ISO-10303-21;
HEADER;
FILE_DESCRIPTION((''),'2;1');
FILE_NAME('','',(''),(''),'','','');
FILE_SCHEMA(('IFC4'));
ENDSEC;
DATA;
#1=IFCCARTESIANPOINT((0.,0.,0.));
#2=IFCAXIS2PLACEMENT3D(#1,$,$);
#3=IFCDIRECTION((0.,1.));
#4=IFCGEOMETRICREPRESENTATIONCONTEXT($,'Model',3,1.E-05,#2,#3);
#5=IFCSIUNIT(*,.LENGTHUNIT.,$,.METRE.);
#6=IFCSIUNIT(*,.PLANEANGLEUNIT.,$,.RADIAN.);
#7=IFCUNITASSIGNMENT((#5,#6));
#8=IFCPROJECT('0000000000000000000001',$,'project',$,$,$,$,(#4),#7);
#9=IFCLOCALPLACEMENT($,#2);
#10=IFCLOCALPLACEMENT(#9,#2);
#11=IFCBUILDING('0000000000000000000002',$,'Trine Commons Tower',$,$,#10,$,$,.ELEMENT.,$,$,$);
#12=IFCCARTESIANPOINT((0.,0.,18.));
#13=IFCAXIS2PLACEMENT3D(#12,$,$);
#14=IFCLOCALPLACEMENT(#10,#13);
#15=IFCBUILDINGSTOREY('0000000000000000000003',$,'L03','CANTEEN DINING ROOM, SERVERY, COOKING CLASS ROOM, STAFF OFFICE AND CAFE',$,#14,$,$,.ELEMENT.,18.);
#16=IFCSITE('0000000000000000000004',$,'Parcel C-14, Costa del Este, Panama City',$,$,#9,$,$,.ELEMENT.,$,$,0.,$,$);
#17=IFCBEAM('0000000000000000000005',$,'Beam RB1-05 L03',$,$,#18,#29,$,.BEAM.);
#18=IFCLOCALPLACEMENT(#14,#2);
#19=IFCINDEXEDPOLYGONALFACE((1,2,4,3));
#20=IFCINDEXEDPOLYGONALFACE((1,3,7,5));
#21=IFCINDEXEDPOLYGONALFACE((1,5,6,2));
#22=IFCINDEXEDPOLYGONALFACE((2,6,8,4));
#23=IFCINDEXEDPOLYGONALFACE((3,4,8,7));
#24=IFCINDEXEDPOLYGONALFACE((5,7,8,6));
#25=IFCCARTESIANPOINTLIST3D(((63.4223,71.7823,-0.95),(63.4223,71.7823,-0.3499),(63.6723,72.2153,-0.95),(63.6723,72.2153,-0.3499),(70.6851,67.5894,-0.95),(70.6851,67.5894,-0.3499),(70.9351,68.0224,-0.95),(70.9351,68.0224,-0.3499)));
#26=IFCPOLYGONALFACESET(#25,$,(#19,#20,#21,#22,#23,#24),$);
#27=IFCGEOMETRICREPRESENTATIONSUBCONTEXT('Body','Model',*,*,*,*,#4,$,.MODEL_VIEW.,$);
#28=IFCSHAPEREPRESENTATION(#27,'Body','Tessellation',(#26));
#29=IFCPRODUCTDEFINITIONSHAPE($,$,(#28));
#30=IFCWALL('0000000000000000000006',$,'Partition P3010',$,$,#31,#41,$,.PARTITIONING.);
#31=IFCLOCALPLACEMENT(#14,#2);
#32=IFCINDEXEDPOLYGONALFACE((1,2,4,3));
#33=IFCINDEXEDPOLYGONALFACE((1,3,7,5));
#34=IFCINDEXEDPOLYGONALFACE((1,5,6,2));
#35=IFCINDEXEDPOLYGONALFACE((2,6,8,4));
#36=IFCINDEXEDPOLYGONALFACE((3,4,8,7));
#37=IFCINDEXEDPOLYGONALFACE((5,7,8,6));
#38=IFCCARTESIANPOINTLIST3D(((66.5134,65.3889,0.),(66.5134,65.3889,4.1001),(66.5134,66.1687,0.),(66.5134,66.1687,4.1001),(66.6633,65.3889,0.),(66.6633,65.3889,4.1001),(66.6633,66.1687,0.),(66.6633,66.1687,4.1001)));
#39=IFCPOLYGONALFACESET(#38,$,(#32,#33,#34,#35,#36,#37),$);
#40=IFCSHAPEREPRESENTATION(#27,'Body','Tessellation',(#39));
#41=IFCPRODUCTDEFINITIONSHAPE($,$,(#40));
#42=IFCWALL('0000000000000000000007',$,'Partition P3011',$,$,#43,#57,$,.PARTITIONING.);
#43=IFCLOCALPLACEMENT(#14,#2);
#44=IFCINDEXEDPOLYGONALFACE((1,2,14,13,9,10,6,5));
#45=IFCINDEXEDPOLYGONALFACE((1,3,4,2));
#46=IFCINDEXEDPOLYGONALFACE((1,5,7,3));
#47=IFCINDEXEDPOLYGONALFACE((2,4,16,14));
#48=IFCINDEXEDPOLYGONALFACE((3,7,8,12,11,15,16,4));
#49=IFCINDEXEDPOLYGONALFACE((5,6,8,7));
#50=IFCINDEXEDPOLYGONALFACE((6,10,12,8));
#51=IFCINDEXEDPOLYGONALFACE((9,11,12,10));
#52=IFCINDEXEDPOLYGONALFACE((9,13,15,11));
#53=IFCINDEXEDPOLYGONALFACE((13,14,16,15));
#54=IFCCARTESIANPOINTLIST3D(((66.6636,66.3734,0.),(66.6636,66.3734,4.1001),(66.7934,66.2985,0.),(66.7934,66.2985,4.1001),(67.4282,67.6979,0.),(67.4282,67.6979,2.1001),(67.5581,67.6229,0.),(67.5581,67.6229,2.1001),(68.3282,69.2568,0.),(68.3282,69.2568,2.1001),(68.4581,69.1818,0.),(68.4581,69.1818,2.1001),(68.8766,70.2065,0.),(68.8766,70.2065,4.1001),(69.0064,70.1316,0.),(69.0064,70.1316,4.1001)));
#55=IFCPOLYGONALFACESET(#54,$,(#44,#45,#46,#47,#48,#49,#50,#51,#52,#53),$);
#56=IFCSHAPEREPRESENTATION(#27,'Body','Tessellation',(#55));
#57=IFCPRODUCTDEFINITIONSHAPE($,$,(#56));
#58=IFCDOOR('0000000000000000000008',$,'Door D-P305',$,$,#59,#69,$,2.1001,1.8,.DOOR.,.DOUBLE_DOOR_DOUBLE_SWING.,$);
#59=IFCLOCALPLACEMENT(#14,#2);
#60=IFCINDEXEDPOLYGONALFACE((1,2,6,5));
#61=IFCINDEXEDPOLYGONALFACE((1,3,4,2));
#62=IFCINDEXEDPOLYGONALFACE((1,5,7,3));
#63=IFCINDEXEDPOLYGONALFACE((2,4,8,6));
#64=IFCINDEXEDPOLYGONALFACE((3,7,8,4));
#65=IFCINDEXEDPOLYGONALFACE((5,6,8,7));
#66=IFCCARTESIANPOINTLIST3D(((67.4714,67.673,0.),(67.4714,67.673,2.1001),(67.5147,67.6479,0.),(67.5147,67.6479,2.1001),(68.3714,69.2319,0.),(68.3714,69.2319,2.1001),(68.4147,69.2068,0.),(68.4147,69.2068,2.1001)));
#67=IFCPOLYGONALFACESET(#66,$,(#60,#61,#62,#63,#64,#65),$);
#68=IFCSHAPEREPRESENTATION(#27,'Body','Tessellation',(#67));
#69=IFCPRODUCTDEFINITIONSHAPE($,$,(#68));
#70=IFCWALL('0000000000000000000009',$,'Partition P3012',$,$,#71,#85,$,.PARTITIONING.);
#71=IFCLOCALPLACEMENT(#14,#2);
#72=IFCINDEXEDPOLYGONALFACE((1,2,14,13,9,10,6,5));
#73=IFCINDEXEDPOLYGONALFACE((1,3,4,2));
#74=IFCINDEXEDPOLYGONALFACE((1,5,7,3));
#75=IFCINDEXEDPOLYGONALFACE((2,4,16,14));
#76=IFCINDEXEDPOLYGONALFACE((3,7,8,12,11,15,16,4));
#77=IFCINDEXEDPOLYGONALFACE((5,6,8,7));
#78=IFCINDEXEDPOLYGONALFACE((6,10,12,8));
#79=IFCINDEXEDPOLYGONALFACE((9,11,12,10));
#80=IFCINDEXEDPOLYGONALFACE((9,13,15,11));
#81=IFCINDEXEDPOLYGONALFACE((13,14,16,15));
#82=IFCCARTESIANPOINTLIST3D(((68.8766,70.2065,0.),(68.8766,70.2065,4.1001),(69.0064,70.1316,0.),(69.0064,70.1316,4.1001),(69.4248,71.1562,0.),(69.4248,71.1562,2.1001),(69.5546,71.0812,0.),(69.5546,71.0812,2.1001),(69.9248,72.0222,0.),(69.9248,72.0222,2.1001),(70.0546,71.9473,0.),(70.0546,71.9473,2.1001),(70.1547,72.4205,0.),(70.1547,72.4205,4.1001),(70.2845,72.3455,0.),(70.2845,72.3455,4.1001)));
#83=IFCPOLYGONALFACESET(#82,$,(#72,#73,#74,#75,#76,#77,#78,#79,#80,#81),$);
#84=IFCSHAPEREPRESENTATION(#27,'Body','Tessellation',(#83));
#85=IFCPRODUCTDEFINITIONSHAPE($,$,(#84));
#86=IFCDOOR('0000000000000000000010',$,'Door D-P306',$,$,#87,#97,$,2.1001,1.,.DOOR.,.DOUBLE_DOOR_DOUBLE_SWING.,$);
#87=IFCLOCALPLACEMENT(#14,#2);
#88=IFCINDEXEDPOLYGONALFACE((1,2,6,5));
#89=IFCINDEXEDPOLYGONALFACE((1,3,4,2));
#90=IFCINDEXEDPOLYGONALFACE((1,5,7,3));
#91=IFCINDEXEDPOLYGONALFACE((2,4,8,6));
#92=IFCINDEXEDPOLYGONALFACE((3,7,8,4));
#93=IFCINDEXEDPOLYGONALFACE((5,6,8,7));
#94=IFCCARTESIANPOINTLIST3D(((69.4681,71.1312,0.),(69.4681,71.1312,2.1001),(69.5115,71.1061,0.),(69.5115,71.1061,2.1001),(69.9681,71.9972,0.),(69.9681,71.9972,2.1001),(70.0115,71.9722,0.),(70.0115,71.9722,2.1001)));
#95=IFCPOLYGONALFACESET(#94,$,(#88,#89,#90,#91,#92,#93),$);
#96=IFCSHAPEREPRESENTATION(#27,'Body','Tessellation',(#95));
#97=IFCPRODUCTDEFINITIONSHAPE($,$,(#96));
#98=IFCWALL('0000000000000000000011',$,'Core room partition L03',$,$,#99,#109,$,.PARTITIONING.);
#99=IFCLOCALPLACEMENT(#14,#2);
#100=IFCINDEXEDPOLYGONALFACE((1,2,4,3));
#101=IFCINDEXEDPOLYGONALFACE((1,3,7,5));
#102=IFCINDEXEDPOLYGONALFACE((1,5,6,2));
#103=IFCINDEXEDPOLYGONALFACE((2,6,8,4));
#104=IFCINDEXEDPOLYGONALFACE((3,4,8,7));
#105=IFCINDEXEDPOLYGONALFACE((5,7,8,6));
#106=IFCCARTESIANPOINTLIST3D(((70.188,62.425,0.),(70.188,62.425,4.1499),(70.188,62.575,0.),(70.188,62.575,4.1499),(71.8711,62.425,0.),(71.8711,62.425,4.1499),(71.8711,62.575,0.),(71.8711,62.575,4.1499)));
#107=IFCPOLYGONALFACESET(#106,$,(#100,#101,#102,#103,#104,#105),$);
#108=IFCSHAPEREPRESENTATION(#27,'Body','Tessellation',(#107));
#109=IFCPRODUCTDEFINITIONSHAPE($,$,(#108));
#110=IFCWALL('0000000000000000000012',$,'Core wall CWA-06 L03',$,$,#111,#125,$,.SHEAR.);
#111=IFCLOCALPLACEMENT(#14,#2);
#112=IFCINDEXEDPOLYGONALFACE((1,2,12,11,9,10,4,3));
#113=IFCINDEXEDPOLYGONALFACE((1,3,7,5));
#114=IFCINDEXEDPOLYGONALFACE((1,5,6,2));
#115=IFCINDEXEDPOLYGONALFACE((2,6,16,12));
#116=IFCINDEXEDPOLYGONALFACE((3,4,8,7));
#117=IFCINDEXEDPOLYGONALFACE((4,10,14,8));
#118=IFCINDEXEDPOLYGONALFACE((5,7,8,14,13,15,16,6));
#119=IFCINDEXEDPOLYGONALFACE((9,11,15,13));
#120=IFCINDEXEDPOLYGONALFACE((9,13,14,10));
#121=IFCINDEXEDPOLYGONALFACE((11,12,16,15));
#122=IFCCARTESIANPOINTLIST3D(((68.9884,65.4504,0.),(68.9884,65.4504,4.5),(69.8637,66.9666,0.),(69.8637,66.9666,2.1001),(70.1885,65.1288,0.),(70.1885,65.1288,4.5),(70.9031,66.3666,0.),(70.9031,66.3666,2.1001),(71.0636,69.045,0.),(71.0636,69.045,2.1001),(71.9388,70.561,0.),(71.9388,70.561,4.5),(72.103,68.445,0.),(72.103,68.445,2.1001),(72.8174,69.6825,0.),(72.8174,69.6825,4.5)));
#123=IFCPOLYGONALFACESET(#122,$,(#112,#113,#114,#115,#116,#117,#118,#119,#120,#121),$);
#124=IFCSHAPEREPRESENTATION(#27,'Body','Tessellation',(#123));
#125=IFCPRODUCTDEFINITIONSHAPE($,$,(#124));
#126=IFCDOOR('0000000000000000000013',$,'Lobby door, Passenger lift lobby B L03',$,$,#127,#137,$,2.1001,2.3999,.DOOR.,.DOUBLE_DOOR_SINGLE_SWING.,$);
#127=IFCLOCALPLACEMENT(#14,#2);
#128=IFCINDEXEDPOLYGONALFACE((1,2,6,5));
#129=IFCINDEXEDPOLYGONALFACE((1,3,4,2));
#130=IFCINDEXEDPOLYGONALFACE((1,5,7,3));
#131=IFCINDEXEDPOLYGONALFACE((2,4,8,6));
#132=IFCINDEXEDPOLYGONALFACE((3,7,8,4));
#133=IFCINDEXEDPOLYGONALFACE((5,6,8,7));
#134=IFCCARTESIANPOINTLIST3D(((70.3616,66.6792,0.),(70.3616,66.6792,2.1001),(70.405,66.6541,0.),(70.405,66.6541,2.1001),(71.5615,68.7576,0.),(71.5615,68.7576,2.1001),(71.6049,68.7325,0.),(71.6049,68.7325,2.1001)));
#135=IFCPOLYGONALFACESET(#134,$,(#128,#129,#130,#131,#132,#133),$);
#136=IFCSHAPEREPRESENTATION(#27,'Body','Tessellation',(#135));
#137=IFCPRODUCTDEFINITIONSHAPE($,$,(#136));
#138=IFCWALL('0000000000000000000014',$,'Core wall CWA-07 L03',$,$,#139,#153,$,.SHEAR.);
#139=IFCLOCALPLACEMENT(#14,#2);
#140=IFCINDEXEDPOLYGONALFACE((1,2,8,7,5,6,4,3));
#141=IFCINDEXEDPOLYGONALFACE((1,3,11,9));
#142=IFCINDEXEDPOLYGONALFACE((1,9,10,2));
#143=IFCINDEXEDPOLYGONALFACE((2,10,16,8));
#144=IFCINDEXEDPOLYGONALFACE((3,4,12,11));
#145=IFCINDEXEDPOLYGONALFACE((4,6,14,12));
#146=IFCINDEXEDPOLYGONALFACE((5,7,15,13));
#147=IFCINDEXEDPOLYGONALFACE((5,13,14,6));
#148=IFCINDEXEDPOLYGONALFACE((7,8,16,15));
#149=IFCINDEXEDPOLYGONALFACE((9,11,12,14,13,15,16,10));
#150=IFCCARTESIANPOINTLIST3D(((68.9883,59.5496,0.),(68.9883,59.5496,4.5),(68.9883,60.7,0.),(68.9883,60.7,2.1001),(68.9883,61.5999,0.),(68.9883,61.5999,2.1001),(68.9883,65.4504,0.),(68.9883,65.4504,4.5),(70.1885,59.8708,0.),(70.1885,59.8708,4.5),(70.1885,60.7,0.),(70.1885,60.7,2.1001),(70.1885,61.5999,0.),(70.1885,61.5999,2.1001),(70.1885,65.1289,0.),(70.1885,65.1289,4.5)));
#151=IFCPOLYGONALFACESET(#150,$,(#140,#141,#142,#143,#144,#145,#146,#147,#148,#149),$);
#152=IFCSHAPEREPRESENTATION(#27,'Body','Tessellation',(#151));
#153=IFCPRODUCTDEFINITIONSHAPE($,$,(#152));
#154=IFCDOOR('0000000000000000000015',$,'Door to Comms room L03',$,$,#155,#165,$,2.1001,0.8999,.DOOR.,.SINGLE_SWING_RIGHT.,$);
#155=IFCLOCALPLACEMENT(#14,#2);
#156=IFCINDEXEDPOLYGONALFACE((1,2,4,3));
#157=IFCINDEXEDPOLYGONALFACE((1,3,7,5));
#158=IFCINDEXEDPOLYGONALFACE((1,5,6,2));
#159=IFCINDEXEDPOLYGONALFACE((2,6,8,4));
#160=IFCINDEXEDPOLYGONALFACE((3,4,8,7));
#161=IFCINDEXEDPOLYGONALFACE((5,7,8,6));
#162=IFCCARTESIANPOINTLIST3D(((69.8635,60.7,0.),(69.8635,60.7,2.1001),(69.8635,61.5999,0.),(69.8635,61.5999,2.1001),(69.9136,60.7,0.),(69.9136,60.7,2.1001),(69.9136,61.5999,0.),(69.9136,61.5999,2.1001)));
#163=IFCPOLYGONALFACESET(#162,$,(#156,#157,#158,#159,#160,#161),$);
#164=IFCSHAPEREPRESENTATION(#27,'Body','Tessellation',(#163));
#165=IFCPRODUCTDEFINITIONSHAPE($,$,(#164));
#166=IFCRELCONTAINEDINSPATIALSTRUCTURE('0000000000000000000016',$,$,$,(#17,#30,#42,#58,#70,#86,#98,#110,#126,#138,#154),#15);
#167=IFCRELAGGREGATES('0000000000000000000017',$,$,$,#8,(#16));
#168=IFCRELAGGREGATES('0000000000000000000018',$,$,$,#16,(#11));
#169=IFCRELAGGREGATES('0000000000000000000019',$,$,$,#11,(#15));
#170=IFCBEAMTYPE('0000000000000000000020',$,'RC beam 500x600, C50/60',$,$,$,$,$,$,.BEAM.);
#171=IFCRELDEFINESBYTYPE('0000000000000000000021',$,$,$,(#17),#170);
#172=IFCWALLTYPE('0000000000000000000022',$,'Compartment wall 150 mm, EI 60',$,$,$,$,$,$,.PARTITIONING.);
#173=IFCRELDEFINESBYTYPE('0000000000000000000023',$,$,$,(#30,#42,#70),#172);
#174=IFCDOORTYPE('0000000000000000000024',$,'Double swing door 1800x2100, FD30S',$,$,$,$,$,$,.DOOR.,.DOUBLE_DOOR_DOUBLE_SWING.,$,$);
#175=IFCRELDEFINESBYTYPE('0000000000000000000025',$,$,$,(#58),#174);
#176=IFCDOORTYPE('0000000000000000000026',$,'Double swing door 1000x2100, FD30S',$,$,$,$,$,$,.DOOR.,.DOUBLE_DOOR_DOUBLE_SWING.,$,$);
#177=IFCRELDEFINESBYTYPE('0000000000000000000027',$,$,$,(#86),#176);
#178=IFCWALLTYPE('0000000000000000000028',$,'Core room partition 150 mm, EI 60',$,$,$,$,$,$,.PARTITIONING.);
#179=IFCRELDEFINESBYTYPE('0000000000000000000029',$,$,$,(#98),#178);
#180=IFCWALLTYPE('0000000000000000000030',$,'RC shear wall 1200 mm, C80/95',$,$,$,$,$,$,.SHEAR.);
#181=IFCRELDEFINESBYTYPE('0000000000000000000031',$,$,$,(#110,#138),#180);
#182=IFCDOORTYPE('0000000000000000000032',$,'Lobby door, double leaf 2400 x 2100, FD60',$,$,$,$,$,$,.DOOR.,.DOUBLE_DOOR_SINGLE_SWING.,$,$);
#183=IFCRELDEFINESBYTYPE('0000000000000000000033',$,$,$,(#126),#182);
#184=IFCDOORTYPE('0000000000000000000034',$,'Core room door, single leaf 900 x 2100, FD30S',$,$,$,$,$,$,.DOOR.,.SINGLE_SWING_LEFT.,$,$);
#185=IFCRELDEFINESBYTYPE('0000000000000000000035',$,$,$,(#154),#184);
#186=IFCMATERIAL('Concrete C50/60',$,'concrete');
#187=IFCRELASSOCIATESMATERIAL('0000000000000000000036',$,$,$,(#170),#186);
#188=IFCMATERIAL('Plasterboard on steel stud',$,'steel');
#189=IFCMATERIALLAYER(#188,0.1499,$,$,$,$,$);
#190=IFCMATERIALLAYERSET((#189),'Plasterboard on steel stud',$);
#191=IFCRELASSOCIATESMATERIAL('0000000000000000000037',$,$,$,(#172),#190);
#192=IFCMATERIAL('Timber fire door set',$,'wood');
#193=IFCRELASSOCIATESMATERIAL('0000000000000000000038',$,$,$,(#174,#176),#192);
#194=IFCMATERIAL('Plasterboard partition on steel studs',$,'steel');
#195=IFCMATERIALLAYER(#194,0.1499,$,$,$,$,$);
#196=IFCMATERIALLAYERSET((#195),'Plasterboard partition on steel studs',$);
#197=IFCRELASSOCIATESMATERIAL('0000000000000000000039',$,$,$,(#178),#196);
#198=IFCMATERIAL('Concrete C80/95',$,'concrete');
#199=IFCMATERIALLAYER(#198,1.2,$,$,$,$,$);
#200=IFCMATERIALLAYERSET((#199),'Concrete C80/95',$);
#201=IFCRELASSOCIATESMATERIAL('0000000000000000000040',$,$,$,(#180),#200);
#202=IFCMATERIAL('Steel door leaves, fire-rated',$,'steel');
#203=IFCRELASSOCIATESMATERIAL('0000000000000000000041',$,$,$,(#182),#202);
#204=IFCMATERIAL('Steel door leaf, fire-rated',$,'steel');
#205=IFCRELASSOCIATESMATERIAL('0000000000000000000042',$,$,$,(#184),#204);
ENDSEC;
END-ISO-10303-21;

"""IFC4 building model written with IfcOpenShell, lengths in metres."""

from ifc_helpers import new_model, si_unit, direction, frame, frame_2d, origin, origin_2d, place, context, subcontext, project, spatial, polyline, rectangle, outline, extrude, material, layer, layer_set, material_profile, profile_set, type_object, element, fill, save


model = new_model("IFC4")

# Units and contexts
model_context = context("Model", 3, precision=1e-05, world=origin(), true_north=direction((0.0, 1.0)))
body_context = subcontext(model_context, "Body", "Model", "MODEL_VIEW")
ifc_project = project(units=[si_unit("LENGTHUNIT", "METRE"), si_unit("PLANEANGLEUNIT", "RADIAN")], contexts=[model_context])

# Site, building, storey
site_placement = place(None, origin())
site = spatial("IfcSite", under=ifc_project, at=site_placement, Name="Parcel C-14, Costa del Este, Panama City", CompositionType="ELEMENT", RefElevation=0.0)
building_placement = place(site_placement, origin())
building = spatial("IfcBuilding", under=site, at=building_placement, Name="Trine Commons Tower", CompositionType="ELEMENT")
storey_placement = place(building_placement, frame((0.0, 0.0, 18.0)))
storey = spatial("IfcBuildingStorey", under=building, at=storey_placement, Name="L03", Description="CANTEEN DINING ROOM, SERVERY, COOKING CLASS ROOM, STAFF OFFICE AND CAFE", CompositionType="ELEMENT", Elevation=18.0)

# Beam
ifc_material_1 = material(Name="Concrete C50/60", Category="concrete")
ifc_material_profile = material_profile(ifc_material_1, rectangle(XDim=0.5, YDim=0.6001, at=origin_2d()), Name="RC 500x600")
ifc_profile_set = profile_set([ifc_material_profile], Name="Concrete C50/60")
beam_type = type_object("IfcBeamType", Name="RC beam 500x600, C50/60", PredefinedType="BEAM", material=ifc_profile_set)
beam_placement = place(storey_placement, frame((70.8101, 67.8059, -0.6499), z_axis=(-0.866038, 0.499978, 0.0), x_axis=(-0.499978, -0.866038, 0.0)))
element("IfcBeam", 1, at=beam_placement, inside=storey, type_object=beam_type, Name="Beam RB1-05 L03", PredefinedType="BEAM", context=body_context, shape_type="SweptSolid", body=[
    extrude(rectangle(XDim=0.5, YDim=0.6001, at=origin_2d()), origin(), (0.0, 0.0, 1.0), 8.3862),
])

# Wall
ifc_material_2 = material(Name="Plasterboard on steel stud", Category="steel")
ifc_layer_1 = layer(ifc_material_2, 0.1499)
ifc_layer_set_1 = layer_set([ifc_layer_1], Name="Plasterboard on steel stud")
wall_type_1 = type_object("IfcWallType", Name="Compartment wall 150 mm, EI 60", PredefinedType="PARTITIONING", material=ifc_layer_set_1)
wall_1_placement = place(storey_placement, frame((66.5884, 65.3889, 0.0), z_axis=(0.0, 0.0, 1.0), x_axis=(0.0, 1.0, 0.0)))
element("IfcWall", 2, at=wall_1_placement, inside=storey, type_object=wall_type_1, Name="Partition P3010", PredefinedType="PARTITIONING", context=body_context, shape_type="SweptSolid", body=[
    extrude(rectangle(XDim=0.7798, YDim=0.1499, at=frame_2d((0.3899, 0.0))), origin(), (0.0, 0.0, 1.0), 4.1001),
])

# Walls, openings, doors
wall_2_placement = place(storey_placement, frame((68.9414, 70.1689, 0.0), z_axis=(0.0, 0.0, 1.0), x_axis=(-0.499983, -0.866035, 0.0)))
wall_2 = element("IfcWall", 3, at=wall_2_placement, inside=storey, type_object=wall_type_1, Name="Partition P3011", PredefinedType="PARTITIONING", context=body_context, shape_type="SweptSolid", body=[
    extrude(rectangle(XDim=4.426, YDim=0.1499, at=frame_2d((2.2129, 0.0))), origin(), (0.0, 0.0, 1.0), 4.1001),
])
opening_1_placement = place(wall_2_placement, frame((1.0967, 0.0, 0.0)))
opening_1 = element("IfcOpeningElement", 4, at=opening_1_placement, cuts=wall_2, PredefinedType="OPENING", context=body_context, shape_type="SweptSolid", body=[
    extrude(rectangle(XDim=1.8, YDim=2.1001, at=frame_2d((0.8999, 1.05))), frame((0.0, 0.085, 0.0), z_axis=(0.0, -1.0, 0.0), x_axis=(1.0, 0.0, 0.0)), (0.0, 0.0, 1.0), 0.1699),
])
ifc_material_3 = material(Name="Timber fire door set", Category="wood")
door_type_1 = type_object("IfcDoorType", Name="Double swing door 1800x2100, FD30S", OperationType="DOUBLE_DOOR_DOUBLE_SWING", PredefinedType="DOOR", material=ifc_material_3)
door_1_placement = place(opening_1_placement, origin())
door_1 = element("IfcDoor", 5, at=door_1_placement, inside=storey, type_object=door_type_1, Name="Door D-P305", OperationType="DOUBLE_DOOR_DOUBLE_SWING", OverallHeight=2.1001, OverallWidth=1.8, PredefinedType="DOOR", context=body_context, shape_type="SweptSolid", body=[
    extrude(rectangle(XDim=1.8, YDim=2.1001, at=frame_2d((0.8999, 1.05))), frame((0.0, 0.0249, 0.0), z_axis=(0.0, -1.0, 0.0), x_axis=(1.0, 0.0, 0.0)), (0.0, 0.0, 1.0), 0.05),
])
fill(opening_1, door_1)
wall_3_placement = place(storey_placement, frame((68.9414, 70.1689, 0.0), z_axis=(0.0, 0.0, 1.0), x_axis=(0.49997, 0.866042, 0.0)))
wall_3 = element("IfcWall", 6, at=wall_3_placement, inside=storey, type_object=wall_type_1, Name="Partition P3012", PredefinedType="PARTITIONING", context=body_context, shape_type="SweptSolid", body=[
    extrude(rectangle(XDim=2.5564, YDim=0.1499, at=frame_2d((1.2783, 0.0))), origin(), (0.0, 0.0, 1.0), 4.1001),
])
opening_2_placement = place(wall_3_placement, frame((1.0967, 0.0, 0.0)))
opening_2 = element("IfcOpeningElement", 7, at=opening_2_placement, cuts=wall_3, PredefinedType="OPENING", context=body_context, shape_type="SweptSolid", body=[
    extrude(rectangle(XDim=1.0, YDim=2.1001, at=frame_2d((0.5, 1.05))), frame((0.0, 0.085, 0.0), z_axis=(0.0, -1.0, 0.0), x_axis=(1.0, 0.0, 0.0)), (0.0, 0.0, 1.0), 0.1699),
])
door_type_2 = type_object("IfcDoorType", Name="Double swing door 1000x2100, FD30S", OperationType="DOUBLE_DOOR_DOUBLE_SWING", PredefinedType="DOOR", material=ifc_material_3)
door_2_placement = place(opening_2_placement, origin())
door_2 = element("IfcDoor", 8, at=door_2_placement, inside=storey, type_object=door_type_2, Name="Door D-P306", OperationType="DOUBLE_DOOR_DOUBLE_SWING", OverallHeight=2.1001, OverallWidth=1.0, PredefinedType="DOOR", context=body_context, shape_type="SweptSolid", body=[
    extrude(rectangle(XDim=1.0, YDim=2.1001, at=frame_2d((0.5, 1.05))), frame((0.0, 0.0249, 0.0), z_axis=(0.0, -1.0, 0.0), x_axis=(1.0, 0.0, 0.0)), (0.0, 0.0, 1.0), 0.05),
])
fill(opening_2, door_2)

# Wall
ifc_material_4 = material(Name="Plasterboard partition on steel studs", Category="steel")
ifc_layer_2 = layer(ifc_material_4, 0.1499)
ifc_layer_set_2 = layer_set([ifc_layer_2], Name="Plasterboard partition on steel studs")
wall_type_2 = type_object("IfcWallType", Name="Core room partition 150 mm, EI 60", PredefinedType="PARTITIONING", material=ifc_layer_set_2)
wall_4_placement = place(storey_placement, frame((70.188, 62.5, 0.0), z_axis=(0.0, 0.0, 1.0), x_axis=(1.0, 0.0, 0.0)))
element("IfcWall", 9, at=wall_4_placement, inside=storey, type_object=wall_type_2, Name="Core room partition L03", PredefinedType="PARTITIONING", context=body_context, shape_type="SweptSolid", body=[
    extrude(rectangle(XDim=1.6831, YDim=0.1499, at=frame_2d((0.8416, 0.0))), origin(), (0.0, 0.0, 1.0), 4.1499),
])

# Walls, openings, doors
ifc_material_5 = material(Name="Concrete C80/95", Category="concrete")
ifc_layer_3 = layer(ifc_material_5, 1.2)
ifc_layer_set_3 = layer_set([ifc_layer_3], Name="Concrete C80/95")
wall_type_3 = type_object("IfcWallType", Name="RC shear wall 1200 mm, C80/95", PredefinedType="SHEAR", material=ifc_layer_set_3)
wall_5_placement = place(storey_placement, frame((72.4585, 70.261, 0.0), z_axis=(0.0, 0.0, 1.0), x_axis=(-0.499979, -0.866037, 0.0)))
wall_5 = element("IfcWall", 10, at=wall_5_placement, inside=storey, type_object=wall_type_3, Name="Core wall CWA-06 L03", PredefinedType="SHEAR", context=body_context, shape_type="SweptSolid", body=[
    extrude(outline(polyline([(0.0, -0.6001), (5.9011, -0.6001), (5.5796, 0.6001), (0.3215, 0.6001), (0.0, -0.6001)])), origin(), (0.0, 0.0, 1.0), 4.5),
])
opening_3_placement = place(wall_5_placement, frame((1.7505, 0.0, 0.0)))
opening_3 = element("IfcOpeningElement", 11, at=opening_3_placement, cuts=wall_5, PredefinedType="OPENING", context=body_context, shape_type="SweptSolid", body=[
    extrude(rectangle(XDim=2.3999, YDim=2.1001, at=frame_2d((1.2, 1.05))), frame((0.0, 0.6099, 0.0), z_axis=(0.0, -1.0, 0.0), x_axis=(1.0, 0.0, 0.0)), (0.0, 0.0, 1.0), 1.22),
])
ifc_material_6 = material(Name="Steel door leaves, fire-rated", Category="steel")
door_type_3 = type_object("IfcDoorType", Name="Lobby door, double leaf 2400 x 2100, FD60", OperationType="DOUBLE_DOOR_SINGLE_SWING", PredefinedType="DOOR", material=ifc_material_6)
door_3_placement = place(opening_3_placement, origin())
door_3 = element("IfcDoor", 12, at=door_3_placement, inside=storey, type_object=door_type_3, Name="Lobby door, Passenger lift lobby B L03", OperationType="DOUBLE_DOOR_SINGLE_SWING", OverallHeight=2.1001, OverallWidth=2.3999, PredefinedType="DOOR", context=body_context, shape_type="SweptSolid", body=[
    extrude(rectangle(XDim=2.3999, YDim=2.1001, at=frame_2d((1.2, 1.05))), frame((0.0, 0.0249, 0.0), z_axis=(0.0, -1.0, 0.0), x_axis=(1.0, 0.0, 0.0)), (0.0, 0.0, 1.0), 0.05),
])
fill(opening_3, door_3)
wall_6_placement = place(storey_placement, frame((69.5884, 65.4504, 0.0), z_axis=(0.0, 0.0, 1.0), x_axis=(0.0, -1.0, 0.0)))
wall_6 = element("IfcWall", 13, at=wall_6_placement, inside=storey, type_object=wall_type_3, Name="Core wall CWA-07 L03", PredefinedType="SHEAR", context=body_context, shape_type="SweptSolid", body=[
    extrude(outline(polyline([(0.0, -0.6001), (5.9009, -0.6001), (5.5796, 0.6001), (0.3215, 0.6001), (0.0, -0.6001)])), origin(), (0.0, 0.0, 1.0), 4.5),
])
opening_4_placement = place(wall_6_placement, frame((3.8506, 0.0, 0.0)))
opening_4 = element("IfcOpeningElement", 14, at=opening_4_placement, cuts=wall_6, PredefinedType="OPENING", context=body_context, shape_type="SweptSolid", body=[
    extrude(rectangle(XDim=0.8999, YDim=2.1001, at=frame_2d((0.45, 1.05))), frame((0.0, 0.6099, 0.0), z_axis=(0.0, -1.0, 0.0), x_axis=(1.0, 0.0, 0.0)), (0.0, 0.0, 1.0), 1.22),
])
ifc_material_7 = material(Name="Steel door leaf, fire-rated", Category="steel")
door_type_4 = type_object("IfcDoorType", Name="Core room door, single leaf 900 x 2100, FD30S", OperationType="SINGLE_SWING_LEFT", PredefinedType="DOOR", material=ifc_material_7)
door_4_placement = place(opening_4_placement, origin())
door_4 = element("IfcDoor", 15, at=door_4_placement, inside=storey, type_object=door_type_4, Name="Door to Comms room L03", OperationType="SINGLE_SWING_RIGHT", OverallHeight=2.1001, OverallWidth=0.8999, PredefinedType="DOOR", context=body_context, shape_type="SweptSolid", body=[
    extrude(rectangle(XDim=0.8999, YDim=2.1001, at=frame_2d((0.45, 1.05))), frame((0.0, 0.3252, 0.0), z_axis=(0.0, -1.0, 0.0), x_axis=(1.0, 0.0, 0.0)), (0.0, 0.0, 1.0), 0.05),
])
fill(opening_4, door_4)

save(model, "model.ifc")
